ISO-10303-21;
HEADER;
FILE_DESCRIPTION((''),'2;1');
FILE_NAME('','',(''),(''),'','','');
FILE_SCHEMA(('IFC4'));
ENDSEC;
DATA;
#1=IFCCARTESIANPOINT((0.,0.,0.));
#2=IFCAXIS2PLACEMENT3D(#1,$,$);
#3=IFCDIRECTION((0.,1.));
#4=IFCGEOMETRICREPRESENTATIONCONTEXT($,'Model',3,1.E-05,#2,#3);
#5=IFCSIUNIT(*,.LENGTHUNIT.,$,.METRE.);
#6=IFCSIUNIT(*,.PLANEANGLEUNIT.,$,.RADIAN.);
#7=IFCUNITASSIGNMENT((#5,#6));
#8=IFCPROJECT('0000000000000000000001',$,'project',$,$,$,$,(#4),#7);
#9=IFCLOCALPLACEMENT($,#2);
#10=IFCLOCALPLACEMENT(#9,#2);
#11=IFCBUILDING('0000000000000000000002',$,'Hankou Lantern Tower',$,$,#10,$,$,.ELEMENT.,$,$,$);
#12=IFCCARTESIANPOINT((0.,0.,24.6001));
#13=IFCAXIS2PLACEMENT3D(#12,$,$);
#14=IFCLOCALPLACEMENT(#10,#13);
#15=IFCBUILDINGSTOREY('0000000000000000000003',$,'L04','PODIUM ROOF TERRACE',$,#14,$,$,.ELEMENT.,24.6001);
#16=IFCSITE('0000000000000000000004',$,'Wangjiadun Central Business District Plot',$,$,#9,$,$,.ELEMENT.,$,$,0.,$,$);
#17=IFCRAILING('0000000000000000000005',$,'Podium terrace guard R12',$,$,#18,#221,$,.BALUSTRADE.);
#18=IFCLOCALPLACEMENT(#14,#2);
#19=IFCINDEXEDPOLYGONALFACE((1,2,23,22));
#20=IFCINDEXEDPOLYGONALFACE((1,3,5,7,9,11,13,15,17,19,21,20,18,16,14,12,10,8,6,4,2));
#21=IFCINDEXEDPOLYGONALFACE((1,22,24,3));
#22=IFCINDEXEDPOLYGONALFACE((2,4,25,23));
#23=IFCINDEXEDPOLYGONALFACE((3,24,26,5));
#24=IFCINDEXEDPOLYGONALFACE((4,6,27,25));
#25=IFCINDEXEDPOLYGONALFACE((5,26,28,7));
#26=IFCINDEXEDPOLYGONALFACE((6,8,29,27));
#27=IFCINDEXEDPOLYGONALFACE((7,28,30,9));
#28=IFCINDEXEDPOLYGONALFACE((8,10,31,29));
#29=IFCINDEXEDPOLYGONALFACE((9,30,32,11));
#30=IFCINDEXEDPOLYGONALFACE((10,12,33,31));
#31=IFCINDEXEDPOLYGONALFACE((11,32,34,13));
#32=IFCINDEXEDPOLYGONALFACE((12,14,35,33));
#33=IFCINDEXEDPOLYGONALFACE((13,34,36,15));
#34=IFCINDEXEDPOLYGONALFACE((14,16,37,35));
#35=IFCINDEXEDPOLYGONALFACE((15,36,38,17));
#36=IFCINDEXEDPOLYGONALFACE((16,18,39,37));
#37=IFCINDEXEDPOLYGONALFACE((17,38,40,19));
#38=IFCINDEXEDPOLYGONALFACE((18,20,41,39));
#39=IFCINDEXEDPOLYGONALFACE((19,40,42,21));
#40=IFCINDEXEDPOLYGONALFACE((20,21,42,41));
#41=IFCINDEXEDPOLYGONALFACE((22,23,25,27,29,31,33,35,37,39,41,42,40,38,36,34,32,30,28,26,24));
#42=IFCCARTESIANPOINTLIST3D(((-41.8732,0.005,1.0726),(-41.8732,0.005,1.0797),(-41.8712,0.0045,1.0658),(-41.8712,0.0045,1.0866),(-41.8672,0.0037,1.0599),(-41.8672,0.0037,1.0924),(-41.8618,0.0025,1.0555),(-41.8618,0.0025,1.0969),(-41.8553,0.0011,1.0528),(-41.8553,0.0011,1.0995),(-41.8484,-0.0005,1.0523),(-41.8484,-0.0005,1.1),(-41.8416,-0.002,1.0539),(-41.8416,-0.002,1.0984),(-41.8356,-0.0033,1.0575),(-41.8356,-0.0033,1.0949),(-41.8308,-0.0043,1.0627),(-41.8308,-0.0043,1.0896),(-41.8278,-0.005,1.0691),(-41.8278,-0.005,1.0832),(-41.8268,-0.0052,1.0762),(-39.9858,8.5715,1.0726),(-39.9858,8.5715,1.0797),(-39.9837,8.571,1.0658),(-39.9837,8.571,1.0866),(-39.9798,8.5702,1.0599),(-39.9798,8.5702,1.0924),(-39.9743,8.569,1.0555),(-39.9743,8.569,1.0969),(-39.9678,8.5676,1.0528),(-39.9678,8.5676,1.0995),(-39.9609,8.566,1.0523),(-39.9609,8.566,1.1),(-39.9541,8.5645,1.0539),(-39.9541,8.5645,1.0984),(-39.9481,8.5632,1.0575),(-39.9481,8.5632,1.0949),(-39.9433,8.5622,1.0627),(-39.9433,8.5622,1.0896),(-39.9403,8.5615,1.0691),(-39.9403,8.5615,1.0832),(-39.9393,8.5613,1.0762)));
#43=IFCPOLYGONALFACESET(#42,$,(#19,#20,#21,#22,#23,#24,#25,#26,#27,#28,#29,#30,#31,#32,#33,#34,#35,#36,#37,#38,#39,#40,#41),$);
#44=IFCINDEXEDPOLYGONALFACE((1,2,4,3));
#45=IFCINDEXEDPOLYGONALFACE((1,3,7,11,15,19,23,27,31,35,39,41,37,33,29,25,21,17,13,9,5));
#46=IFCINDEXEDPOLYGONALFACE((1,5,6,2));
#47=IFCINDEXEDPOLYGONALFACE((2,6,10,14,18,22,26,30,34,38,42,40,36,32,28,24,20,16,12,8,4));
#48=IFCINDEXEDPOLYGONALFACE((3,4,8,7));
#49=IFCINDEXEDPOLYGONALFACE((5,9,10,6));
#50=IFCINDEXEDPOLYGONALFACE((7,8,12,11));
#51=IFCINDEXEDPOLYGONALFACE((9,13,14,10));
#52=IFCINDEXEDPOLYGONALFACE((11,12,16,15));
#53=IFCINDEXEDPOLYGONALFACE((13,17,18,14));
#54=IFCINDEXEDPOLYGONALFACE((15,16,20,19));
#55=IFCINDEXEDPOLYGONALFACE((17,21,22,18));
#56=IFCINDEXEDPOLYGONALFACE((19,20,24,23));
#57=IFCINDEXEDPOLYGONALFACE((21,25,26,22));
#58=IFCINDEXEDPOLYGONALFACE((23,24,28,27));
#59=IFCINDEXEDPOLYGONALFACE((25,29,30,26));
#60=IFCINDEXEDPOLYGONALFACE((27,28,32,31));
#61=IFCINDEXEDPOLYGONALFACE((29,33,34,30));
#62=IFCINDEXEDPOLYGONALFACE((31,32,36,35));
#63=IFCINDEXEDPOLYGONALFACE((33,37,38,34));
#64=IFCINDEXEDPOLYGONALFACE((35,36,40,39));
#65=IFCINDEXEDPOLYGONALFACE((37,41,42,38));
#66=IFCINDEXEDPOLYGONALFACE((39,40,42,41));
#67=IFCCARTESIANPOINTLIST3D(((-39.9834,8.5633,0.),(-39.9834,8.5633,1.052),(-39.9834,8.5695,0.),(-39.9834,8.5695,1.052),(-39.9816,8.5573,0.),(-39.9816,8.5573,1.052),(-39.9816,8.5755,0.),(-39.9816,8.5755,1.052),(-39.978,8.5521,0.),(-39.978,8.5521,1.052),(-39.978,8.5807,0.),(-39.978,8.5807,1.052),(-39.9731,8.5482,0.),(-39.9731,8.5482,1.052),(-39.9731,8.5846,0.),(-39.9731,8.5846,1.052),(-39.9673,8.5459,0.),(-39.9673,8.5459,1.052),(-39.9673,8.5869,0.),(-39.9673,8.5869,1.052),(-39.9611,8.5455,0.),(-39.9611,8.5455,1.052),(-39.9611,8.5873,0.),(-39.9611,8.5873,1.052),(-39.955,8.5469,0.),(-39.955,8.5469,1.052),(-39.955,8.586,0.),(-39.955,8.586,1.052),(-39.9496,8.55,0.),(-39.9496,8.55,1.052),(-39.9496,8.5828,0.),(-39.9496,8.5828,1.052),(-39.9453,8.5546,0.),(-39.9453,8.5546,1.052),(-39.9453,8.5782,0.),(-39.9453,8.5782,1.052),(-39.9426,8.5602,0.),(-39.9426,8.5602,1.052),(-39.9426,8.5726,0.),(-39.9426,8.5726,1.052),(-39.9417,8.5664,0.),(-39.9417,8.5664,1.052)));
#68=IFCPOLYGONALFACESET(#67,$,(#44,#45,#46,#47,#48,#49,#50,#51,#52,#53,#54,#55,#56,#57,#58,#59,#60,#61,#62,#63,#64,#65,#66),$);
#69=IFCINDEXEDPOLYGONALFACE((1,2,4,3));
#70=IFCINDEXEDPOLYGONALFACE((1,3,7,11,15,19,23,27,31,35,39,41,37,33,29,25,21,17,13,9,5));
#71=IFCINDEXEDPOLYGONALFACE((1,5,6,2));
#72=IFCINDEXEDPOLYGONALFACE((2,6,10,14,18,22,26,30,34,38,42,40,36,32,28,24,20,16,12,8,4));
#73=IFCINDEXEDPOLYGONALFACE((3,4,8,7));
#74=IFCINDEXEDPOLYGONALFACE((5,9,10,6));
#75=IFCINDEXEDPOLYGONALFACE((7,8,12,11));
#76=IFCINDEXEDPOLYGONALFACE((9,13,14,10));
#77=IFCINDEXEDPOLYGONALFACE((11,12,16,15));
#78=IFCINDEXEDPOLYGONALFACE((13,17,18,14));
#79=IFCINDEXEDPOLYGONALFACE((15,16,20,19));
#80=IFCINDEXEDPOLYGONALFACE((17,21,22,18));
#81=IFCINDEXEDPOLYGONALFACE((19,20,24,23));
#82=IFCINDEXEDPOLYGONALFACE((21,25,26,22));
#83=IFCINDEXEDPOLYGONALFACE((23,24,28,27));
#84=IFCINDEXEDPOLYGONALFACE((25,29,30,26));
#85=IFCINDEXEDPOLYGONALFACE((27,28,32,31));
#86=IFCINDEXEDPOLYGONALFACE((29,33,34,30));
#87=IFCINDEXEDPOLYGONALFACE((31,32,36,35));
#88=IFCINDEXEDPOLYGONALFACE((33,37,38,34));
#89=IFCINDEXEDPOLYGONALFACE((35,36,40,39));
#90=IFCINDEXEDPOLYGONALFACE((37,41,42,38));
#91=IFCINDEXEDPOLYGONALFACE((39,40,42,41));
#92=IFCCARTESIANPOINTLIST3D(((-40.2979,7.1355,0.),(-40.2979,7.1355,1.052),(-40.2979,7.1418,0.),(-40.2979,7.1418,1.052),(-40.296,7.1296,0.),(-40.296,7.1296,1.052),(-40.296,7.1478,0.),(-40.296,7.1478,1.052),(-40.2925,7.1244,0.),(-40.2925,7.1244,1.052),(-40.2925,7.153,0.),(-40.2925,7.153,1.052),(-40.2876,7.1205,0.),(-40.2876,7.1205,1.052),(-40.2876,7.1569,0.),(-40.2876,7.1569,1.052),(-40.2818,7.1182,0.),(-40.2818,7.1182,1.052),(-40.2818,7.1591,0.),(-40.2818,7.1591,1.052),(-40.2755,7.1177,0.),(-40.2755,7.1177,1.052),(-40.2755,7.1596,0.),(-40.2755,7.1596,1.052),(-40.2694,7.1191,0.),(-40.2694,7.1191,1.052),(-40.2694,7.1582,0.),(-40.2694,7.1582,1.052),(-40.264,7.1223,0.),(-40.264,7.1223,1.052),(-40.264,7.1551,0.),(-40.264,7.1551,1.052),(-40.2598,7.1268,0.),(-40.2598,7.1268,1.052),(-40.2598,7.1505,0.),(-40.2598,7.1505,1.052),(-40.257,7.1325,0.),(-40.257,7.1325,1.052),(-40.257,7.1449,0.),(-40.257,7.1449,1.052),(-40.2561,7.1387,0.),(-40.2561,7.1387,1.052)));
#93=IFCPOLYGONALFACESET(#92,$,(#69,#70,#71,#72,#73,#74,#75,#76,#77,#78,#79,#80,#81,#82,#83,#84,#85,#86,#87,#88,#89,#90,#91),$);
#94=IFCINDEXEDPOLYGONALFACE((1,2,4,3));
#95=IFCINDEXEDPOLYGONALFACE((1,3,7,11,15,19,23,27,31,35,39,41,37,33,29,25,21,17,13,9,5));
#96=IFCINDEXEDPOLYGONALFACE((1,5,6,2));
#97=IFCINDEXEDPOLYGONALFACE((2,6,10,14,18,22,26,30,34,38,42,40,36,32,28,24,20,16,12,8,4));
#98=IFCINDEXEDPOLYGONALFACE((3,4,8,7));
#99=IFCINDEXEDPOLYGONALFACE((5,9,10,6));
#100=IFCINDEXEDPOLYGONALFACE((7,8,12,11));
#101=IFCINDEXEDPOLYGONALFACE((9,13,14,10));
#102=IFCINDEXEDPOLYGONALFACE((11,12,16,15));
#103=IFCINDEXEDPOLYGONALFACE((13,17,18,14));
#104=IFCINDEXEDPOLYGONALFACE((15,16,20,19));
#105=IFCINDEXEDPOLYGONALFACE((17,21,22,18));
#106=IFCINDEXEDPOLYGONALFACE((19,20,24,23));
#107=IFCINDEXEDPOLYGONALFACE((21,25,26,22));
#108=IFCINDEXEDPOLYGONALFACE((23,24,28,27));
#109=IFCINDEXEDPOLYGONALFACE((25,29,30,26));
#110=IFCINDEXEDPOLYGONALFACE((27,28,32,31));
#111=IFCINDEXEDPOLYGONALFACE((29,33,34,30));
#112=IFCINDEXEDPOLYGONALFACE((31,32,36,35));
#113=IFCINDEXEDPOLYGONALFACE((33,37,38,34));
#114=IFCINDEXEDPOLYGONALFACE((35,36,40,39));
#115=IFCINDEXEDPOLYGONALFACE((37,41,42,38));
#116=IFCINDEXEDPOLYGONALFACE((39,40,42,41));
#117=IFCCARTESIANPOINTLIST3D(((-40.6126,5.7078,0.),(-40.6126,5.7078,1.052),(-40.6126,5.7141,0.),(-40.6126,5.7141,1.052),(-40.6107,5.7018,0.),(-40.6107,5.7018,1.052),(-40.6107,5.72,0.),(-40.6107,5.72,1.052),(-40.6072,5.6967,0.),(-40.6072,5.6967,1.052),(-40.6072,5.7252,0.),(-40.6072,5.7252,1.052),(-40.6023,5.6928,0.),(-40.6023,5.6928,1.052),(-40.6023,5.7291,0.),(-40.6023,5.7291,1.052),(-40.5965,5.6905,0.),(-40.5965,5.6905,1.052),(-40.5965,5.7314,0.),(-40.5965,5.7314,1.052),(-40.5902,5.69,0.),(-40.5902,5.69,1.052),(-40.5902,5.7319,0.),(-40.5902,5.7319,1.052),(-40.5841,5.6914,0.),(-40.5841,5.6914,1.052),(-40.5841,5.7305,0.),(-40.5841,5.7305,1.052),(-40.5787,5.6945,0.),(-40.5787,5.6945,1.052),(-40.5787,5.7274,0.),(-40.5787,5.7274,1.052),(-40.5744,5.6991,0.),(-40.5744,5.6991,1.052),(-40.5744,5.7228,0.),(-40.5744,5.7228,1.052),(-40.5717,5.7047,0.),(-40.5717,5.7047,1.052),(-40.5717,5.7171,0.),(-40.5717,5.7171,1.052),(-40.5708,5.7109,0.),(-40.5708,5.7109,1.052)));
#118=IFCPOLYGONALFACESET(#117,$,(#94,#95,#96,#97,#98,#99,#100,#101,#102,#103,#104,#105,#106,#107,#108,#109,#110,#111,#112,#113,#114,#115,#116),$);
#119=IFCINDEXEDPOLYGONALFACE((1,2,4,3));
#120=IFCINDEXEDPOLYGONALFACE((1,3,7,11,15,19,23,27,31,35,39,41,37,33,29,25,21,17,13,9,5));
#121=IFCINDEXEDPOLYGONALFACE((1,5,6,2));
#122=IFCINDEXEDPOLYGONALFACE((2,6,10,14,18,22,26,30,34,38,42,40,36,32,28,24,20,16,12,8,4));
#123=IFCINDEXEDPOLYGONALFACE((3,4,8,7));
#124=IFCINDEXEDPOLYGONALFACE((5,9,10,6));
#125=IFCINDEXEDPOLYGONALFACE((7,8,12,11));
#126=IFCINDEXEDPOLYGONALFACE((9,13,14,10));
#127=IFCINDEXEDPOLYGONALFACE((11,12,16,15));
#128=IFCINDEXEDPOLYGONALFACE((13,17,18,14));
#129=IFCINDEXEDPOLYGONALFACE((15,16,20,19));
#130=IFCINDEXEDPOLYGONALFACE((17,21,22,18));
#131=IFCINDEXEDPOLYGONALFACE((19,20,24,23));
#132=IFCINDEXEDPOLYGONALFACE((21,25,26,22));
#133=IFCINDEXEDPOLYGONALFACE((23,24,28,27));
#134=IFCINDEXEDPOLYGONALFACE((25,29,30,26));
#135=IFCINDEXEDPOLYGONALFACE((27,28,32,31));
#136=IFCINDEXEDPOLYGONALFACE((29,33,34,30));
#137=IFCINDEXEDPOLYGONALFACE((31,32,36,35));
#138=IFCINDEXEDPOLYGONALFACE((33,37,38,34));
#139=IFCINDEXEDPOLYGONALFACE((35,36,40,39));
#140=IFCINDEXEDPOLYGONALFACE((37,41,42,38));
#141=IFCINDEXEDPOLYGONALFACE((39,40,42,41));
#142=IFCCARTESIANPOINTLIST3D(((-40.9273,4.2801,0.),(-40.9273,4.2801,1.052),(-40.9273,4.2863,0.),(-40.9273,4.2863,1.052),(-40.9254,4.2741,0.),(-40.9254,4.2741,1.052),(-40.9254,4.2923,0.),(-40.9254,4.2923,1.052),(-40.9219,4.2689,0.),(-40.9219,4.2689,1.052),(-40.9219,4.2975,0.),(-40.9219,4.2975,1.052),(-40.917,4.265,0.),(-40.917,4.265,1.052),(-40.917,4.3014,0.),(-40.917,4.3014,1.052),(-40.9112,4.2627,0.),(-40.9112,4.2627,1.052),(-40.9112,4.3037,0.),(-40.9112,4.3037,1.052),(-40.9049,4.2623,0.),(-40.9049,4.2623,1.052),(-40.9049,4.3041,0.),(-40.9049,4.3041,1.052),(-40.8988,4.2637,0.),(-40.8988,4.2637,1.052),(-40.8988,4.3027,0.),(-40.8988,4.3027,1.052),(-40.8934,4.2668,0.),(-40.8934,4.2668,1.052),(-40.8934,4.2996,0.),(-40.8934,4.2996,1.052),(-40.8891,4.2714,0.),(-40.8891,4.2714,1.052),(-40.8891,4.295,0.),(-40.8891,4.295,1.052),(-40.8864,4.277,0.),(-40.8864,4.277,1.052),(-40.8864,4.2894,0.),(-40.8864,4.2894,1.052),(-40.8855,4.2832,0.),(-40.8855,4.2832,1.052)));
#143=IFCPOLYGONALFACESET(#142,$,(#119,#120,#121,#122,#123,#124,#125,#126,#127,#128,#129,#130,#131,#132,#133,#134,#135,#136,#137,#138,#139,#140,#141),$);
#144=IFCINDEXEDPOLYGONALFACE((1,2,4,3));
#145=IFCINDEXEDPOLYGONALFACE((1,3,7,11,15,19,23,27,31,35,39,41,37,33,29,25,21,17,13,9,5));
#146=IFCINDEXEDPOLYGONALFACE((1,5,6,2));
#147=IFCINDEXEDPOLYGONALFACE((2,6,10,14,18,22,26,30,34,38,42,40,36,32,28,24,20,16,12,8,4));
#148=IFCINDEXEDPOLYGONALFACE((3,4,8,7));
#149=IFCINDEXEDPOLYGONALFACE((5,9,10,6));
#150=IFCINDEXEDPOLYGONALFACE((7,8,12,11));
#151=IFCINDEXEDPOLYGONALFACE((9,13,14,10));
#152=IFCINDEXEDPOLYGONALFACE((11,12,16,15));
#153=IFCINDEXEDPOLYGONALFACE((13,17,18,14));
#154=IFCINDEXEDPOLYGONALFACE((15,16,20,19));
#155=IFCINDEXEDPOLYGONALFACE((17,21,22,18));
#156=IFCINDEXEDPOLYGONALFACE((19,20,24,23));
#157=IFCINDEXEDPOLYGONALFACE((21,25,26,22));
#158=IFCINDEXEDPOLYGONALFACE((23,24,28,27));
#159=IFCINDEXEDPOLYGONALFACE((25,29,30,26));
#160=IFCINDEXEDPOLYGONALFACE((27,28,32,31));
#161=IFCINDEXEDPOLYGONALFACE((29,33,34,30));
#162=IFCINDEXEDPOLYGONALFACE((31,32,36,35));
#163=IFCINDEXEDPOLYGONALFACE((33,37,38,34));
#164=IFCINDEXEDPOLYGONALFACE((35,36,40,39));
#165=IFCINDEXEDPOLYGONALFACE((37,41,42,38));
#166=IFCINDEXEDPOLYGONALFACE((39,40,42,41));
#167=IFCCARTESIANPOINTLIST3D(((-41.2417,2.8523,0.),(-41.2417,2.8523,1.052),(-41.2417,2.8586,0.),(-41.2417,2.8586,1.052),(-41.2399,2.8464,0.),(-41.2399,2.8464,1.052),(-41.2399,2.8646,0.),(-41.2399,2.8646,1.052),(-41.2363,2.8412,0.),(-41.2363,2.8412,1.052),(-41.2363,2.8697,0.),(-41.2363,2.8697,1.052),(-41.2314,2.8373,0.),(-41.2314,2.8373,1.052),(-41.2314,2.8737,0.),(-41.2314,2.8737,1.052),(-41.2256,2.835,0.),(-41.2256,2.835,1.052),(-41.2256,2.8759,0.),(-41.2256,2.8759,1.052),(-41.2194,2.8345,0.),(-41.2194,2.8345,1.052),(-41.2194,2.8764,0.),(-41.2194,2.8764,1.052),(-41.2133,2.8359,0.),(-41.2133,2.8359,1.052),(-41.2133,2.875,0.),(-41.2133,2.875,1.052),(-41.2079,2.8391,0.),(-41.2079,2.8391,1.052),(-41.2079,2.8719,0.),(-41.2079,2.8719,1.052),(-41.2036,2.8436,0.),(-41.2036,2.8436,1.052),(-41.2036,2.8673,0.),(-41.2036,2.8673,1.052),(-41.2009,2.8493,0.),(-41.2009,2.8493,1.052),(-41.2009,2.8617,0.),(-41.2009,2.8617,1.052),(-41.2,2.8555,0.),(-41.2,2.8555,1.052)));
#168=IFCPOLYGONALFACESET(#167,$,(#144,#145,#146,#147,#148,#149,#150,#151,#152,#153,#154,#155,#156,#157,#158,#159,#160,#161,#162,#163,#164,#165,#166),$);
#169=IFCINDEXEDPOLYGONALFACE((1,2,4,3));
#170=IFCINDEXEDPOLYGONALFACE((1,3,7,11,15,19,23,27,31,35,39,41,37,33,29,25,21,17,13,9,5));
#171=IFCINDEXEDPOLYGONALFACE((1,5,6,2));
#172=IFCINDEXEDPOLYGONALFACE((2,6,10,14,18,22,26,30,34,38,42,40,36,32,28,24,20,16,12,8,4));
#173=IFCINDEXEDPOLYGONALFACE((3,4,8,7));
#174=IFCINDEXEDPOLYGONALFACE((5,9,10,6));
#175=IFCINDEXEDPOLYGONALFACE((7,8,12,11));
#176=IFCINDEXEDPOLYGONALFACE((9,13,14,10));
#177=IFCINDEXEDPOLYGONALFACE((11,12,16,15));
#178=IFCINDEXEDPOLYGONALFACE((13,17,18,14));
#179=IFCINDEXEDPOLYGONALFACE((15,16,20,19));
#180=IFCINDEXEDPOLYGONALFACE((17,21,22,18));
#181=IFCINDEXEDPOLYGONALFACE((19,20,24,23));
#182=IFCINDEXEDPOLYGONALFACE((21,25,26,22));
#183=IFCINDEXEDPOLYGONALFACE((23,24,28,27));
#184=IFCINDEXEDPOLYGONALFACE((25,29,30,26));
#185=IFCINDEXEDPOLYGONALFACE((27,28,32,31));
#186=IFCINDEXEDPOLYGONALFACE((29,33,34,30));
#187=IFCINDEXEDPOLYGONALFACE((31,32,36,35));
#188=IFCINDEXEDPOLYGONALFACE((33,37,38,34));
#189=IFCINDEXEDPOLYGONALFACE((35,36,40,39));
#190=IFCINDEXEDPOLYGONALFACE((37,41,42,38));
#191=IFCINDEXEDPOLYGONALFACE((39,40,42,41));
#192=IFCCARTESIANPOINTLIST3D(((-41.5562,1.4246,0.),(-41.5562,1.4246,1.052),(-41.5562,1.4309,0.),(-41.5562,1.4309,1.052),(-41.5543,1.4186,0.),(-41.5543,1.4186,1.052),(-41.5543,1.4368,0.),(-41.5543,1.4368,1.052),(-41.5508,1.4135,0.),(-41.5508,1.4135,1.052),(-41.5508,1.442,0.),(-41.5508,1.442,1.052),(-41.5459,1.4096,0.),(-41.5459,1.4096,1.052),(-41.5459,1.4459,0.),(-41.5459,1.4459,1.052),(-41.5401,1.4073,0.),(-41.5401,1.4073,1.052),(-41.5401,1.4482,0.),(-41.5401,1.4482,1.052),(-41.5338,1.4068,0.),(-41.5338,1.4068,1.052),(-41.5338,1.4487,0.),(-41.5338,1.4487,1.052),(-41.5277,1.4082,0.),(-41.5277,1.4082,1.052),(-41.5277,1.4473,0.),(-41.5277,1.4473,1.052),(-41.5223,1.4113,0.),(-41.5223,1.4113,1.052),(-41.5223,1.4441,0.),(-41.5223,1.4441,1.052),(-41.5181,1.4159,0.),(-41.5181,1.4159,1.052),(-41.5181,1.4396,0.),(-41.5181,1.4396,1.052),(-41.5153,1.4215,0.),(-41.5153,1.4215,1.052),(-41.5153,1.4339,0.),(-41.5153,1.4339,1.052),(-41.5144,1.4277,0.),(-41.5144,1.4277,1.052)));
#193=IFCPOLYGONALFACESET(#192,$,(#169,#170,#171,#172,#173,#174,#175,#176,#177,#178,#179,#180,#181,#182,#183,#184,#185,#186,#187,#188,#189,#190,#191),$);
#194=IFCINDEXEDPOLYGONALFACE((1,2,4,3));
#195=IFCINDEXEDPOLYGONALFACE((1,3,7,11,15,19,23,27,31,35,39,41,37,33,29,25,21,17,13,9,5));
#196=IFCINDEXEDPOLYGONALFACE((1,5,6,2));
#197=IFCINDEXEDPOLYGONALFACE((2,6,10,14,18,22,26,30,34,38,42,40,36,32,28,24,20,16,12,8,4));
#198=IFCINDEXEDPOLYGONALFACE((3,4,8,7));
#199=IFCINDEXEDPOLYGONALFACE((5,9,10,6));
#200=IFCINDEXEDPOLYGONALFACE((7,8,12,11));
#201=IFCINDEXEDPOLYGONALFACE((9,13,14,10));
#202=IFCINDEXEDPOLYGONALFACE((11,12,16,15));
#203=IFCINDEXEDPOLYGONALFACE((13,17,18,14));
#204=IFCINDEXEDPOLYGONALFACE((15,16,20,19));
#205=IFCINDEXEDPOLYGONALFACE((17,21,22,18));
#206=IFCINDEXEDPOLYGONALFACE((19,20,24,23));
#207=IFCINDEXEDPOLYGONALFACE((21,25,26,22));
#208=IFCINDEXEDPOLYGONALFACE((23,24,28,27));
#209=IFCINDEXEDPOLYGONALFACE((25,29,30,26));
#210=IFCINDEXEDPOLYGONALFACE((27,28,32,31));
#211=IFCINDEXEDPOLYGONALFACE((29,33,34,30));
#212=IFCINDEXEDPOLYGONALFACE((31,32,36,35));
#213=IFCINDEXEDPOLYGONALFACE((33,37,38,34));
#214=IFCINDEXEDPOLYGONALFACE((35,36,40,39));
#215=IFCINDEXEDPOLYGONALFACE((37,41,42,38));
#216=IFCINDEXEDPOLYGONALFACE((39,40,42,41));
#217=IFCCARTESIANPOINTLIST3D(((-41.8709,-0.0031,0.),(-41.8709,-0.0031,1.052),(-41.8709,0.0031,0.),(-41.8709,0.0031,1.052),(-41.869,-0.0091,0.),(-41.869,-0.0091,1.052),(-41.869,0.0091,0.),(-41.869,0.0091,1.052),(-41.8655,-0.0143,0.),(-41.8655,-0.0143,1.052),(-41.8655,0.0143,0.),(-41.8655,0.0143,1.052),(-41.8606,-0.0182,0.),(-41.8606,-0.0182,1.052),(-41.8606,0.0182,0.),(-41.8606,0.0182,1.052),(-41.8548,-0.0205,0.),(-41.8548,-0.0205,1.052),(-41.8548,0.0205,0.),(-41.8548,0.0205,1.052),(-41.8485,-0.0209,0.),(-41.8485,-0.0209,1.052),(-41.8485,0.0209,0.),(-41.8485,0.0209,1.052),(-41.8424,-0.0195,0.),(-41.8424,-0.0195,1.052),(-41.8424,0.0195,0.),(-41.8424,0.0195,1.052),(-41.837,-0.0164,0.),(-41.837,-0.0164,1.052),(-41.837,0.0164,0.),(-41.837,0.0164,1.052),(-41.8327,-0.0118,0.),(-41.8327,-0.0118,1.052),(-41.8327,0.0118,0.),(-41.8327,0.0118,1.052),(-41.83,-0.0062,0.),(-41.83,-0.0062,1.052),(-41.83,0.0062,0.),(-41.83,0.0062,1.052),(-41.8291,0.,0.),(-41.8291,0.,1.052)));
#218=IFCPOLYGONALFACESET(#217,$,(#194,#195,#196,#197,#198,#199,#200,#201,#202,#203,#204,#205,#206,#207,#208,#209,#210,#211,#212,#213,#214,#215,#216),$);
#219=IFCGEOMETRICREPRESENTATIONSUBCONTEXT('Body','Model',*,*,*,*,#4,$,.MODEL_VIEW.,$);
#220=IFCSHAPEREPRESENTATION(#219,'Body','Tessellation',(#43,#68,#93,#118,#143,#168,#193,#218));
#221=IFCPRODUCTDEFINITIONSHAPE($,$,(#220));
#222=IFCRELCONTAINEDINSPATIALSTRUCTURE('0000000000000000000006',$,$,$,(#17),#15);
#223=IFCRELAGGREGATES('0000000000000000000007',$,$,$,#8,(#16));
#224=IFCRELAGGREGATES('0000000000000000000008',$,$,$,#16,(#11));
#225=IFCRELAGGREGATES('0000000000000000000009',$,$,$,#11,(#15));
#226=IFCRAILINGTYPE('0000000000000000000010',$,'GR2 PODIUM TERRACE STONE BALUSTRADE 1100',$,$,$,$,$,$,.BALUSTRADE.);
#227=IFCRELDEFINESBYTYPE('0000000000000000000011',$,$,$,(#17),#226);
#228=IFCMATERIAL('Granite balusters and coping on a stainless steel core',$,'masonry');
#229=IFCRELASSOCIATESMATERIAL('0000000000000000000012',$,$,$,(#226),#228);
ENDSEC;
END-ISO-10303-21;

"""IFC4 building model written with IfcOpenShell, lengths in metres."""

from ifc_helpers import new_model, si_unit, direction, frame, origin, origin_2d, place, context, subcontext, project, spatial, circle, extrude, material, type_object, element, save


model = new_model("IFC4")

# Units and contexts
model_context = context("Model", 3, precision=1e-05, world=origin(), true_north=direction((0.0, 1.0)))
body_context = subcontext(model_context, "Body", "Model", "MODEL_VIEW")
ifc_project = project(units=[si_unit("LENGTHUNIT", "METRE"), si_unit("PLANEANGLEUNIT", "RADIAN")], contexts=[model_context])

# Site, building, storey
site_placement = place(None, origin())
site = spatial("IfcSite", under=ifc_project, at=site_placement, Name="Wangjiadun Central Business District Plot", CompositionType="ELEMENT", RefElevation=0.0)
building_placement = place(site_placement, origin())
building = spatial("IfcBuilding", under=site, at=building_placement, Name="Hankou Lantern Tower", CompositionType="ELEMENT")
storey_placement = place(building_placement, frame((0.0, 0.0, 24.6001)))
storey = spatial("IfcBuildingStorey", under=building, at=storey_placement, Name="L04", Description="PODIUM ROOF TERRACE", CompositionType="ELEMENT", Elevation=24.6001)

# Railing
ifc_material_1 = material(Name="Granite balusters and coping on a stainless steel core", Category="masonry")
railing_type = type_object("IfcRailingType", Name="GR2 PODIUM TERRACE STONE BALUSTRADE 1100", PredefinedType="BALUSTRADE", material=ifc_material_1)
railing_1_placement = place(storey_placement, frame((-39.9626, 8.5664, 0.0)))
element("IfcRailing", 1, at=railing_1_placement, inside=storey, type_object=railing_type, Name="Podium terrace guard R12", PredefinedType="BALUSTRADE", context=body_context, shape_type="SweptSolid", body=[
    extrude(circle(Radius=0.0239, at=origin_2d()), frame((0.0, 0.0, 1.0762), z_axis=(-0.215171, -0.976576, 0.0), x_axis=(0.976576, -0.215171, 0.0)), (0.0, 0.0, 1.0), 8.772),
    extrude(circle(Radius=0.021, at=origin_2d()), origin(), (0.0, 0.0, 1.0), 1.052),
    extrude(circle(Radius=0.021, at=origin_2d()), frame((-0.3145, -1.4277, 0.0)), (0.0, 0.0, 1.0), 1.052),
    extrude(circle(Radius=0.021, at=origin_2d()), frame((-0.6292, -2.8555, 0.0)), (0.0, 0.0, 1.0), 1.052),
    extrude(circle(Radius=0.021, at=origin_2d()), frame((-0.9438, -4.2832, 0.0)), (0.0, 0.0, 1.0), 1.052),
    extrude(circle(Radius=0.021, at=origin_2d()), frame((-1.2583, -5.7109, 0.0)), (0.0, 0.0, 1.0), 1.052),
    extrude(circle(Radius=0.021, at=origin_2d()), frame((-1.5728, -7.1387, 0.0)), (0.0, 0.0, 1.0), 1.052),
    extrude(circle(Radius=0.021, at=origin_2d()), frame((-1.8875, -8.5664, 0.0)), (0.0, 0.0, 1.0), 1.052),
])

save(model, "model.ifc")
